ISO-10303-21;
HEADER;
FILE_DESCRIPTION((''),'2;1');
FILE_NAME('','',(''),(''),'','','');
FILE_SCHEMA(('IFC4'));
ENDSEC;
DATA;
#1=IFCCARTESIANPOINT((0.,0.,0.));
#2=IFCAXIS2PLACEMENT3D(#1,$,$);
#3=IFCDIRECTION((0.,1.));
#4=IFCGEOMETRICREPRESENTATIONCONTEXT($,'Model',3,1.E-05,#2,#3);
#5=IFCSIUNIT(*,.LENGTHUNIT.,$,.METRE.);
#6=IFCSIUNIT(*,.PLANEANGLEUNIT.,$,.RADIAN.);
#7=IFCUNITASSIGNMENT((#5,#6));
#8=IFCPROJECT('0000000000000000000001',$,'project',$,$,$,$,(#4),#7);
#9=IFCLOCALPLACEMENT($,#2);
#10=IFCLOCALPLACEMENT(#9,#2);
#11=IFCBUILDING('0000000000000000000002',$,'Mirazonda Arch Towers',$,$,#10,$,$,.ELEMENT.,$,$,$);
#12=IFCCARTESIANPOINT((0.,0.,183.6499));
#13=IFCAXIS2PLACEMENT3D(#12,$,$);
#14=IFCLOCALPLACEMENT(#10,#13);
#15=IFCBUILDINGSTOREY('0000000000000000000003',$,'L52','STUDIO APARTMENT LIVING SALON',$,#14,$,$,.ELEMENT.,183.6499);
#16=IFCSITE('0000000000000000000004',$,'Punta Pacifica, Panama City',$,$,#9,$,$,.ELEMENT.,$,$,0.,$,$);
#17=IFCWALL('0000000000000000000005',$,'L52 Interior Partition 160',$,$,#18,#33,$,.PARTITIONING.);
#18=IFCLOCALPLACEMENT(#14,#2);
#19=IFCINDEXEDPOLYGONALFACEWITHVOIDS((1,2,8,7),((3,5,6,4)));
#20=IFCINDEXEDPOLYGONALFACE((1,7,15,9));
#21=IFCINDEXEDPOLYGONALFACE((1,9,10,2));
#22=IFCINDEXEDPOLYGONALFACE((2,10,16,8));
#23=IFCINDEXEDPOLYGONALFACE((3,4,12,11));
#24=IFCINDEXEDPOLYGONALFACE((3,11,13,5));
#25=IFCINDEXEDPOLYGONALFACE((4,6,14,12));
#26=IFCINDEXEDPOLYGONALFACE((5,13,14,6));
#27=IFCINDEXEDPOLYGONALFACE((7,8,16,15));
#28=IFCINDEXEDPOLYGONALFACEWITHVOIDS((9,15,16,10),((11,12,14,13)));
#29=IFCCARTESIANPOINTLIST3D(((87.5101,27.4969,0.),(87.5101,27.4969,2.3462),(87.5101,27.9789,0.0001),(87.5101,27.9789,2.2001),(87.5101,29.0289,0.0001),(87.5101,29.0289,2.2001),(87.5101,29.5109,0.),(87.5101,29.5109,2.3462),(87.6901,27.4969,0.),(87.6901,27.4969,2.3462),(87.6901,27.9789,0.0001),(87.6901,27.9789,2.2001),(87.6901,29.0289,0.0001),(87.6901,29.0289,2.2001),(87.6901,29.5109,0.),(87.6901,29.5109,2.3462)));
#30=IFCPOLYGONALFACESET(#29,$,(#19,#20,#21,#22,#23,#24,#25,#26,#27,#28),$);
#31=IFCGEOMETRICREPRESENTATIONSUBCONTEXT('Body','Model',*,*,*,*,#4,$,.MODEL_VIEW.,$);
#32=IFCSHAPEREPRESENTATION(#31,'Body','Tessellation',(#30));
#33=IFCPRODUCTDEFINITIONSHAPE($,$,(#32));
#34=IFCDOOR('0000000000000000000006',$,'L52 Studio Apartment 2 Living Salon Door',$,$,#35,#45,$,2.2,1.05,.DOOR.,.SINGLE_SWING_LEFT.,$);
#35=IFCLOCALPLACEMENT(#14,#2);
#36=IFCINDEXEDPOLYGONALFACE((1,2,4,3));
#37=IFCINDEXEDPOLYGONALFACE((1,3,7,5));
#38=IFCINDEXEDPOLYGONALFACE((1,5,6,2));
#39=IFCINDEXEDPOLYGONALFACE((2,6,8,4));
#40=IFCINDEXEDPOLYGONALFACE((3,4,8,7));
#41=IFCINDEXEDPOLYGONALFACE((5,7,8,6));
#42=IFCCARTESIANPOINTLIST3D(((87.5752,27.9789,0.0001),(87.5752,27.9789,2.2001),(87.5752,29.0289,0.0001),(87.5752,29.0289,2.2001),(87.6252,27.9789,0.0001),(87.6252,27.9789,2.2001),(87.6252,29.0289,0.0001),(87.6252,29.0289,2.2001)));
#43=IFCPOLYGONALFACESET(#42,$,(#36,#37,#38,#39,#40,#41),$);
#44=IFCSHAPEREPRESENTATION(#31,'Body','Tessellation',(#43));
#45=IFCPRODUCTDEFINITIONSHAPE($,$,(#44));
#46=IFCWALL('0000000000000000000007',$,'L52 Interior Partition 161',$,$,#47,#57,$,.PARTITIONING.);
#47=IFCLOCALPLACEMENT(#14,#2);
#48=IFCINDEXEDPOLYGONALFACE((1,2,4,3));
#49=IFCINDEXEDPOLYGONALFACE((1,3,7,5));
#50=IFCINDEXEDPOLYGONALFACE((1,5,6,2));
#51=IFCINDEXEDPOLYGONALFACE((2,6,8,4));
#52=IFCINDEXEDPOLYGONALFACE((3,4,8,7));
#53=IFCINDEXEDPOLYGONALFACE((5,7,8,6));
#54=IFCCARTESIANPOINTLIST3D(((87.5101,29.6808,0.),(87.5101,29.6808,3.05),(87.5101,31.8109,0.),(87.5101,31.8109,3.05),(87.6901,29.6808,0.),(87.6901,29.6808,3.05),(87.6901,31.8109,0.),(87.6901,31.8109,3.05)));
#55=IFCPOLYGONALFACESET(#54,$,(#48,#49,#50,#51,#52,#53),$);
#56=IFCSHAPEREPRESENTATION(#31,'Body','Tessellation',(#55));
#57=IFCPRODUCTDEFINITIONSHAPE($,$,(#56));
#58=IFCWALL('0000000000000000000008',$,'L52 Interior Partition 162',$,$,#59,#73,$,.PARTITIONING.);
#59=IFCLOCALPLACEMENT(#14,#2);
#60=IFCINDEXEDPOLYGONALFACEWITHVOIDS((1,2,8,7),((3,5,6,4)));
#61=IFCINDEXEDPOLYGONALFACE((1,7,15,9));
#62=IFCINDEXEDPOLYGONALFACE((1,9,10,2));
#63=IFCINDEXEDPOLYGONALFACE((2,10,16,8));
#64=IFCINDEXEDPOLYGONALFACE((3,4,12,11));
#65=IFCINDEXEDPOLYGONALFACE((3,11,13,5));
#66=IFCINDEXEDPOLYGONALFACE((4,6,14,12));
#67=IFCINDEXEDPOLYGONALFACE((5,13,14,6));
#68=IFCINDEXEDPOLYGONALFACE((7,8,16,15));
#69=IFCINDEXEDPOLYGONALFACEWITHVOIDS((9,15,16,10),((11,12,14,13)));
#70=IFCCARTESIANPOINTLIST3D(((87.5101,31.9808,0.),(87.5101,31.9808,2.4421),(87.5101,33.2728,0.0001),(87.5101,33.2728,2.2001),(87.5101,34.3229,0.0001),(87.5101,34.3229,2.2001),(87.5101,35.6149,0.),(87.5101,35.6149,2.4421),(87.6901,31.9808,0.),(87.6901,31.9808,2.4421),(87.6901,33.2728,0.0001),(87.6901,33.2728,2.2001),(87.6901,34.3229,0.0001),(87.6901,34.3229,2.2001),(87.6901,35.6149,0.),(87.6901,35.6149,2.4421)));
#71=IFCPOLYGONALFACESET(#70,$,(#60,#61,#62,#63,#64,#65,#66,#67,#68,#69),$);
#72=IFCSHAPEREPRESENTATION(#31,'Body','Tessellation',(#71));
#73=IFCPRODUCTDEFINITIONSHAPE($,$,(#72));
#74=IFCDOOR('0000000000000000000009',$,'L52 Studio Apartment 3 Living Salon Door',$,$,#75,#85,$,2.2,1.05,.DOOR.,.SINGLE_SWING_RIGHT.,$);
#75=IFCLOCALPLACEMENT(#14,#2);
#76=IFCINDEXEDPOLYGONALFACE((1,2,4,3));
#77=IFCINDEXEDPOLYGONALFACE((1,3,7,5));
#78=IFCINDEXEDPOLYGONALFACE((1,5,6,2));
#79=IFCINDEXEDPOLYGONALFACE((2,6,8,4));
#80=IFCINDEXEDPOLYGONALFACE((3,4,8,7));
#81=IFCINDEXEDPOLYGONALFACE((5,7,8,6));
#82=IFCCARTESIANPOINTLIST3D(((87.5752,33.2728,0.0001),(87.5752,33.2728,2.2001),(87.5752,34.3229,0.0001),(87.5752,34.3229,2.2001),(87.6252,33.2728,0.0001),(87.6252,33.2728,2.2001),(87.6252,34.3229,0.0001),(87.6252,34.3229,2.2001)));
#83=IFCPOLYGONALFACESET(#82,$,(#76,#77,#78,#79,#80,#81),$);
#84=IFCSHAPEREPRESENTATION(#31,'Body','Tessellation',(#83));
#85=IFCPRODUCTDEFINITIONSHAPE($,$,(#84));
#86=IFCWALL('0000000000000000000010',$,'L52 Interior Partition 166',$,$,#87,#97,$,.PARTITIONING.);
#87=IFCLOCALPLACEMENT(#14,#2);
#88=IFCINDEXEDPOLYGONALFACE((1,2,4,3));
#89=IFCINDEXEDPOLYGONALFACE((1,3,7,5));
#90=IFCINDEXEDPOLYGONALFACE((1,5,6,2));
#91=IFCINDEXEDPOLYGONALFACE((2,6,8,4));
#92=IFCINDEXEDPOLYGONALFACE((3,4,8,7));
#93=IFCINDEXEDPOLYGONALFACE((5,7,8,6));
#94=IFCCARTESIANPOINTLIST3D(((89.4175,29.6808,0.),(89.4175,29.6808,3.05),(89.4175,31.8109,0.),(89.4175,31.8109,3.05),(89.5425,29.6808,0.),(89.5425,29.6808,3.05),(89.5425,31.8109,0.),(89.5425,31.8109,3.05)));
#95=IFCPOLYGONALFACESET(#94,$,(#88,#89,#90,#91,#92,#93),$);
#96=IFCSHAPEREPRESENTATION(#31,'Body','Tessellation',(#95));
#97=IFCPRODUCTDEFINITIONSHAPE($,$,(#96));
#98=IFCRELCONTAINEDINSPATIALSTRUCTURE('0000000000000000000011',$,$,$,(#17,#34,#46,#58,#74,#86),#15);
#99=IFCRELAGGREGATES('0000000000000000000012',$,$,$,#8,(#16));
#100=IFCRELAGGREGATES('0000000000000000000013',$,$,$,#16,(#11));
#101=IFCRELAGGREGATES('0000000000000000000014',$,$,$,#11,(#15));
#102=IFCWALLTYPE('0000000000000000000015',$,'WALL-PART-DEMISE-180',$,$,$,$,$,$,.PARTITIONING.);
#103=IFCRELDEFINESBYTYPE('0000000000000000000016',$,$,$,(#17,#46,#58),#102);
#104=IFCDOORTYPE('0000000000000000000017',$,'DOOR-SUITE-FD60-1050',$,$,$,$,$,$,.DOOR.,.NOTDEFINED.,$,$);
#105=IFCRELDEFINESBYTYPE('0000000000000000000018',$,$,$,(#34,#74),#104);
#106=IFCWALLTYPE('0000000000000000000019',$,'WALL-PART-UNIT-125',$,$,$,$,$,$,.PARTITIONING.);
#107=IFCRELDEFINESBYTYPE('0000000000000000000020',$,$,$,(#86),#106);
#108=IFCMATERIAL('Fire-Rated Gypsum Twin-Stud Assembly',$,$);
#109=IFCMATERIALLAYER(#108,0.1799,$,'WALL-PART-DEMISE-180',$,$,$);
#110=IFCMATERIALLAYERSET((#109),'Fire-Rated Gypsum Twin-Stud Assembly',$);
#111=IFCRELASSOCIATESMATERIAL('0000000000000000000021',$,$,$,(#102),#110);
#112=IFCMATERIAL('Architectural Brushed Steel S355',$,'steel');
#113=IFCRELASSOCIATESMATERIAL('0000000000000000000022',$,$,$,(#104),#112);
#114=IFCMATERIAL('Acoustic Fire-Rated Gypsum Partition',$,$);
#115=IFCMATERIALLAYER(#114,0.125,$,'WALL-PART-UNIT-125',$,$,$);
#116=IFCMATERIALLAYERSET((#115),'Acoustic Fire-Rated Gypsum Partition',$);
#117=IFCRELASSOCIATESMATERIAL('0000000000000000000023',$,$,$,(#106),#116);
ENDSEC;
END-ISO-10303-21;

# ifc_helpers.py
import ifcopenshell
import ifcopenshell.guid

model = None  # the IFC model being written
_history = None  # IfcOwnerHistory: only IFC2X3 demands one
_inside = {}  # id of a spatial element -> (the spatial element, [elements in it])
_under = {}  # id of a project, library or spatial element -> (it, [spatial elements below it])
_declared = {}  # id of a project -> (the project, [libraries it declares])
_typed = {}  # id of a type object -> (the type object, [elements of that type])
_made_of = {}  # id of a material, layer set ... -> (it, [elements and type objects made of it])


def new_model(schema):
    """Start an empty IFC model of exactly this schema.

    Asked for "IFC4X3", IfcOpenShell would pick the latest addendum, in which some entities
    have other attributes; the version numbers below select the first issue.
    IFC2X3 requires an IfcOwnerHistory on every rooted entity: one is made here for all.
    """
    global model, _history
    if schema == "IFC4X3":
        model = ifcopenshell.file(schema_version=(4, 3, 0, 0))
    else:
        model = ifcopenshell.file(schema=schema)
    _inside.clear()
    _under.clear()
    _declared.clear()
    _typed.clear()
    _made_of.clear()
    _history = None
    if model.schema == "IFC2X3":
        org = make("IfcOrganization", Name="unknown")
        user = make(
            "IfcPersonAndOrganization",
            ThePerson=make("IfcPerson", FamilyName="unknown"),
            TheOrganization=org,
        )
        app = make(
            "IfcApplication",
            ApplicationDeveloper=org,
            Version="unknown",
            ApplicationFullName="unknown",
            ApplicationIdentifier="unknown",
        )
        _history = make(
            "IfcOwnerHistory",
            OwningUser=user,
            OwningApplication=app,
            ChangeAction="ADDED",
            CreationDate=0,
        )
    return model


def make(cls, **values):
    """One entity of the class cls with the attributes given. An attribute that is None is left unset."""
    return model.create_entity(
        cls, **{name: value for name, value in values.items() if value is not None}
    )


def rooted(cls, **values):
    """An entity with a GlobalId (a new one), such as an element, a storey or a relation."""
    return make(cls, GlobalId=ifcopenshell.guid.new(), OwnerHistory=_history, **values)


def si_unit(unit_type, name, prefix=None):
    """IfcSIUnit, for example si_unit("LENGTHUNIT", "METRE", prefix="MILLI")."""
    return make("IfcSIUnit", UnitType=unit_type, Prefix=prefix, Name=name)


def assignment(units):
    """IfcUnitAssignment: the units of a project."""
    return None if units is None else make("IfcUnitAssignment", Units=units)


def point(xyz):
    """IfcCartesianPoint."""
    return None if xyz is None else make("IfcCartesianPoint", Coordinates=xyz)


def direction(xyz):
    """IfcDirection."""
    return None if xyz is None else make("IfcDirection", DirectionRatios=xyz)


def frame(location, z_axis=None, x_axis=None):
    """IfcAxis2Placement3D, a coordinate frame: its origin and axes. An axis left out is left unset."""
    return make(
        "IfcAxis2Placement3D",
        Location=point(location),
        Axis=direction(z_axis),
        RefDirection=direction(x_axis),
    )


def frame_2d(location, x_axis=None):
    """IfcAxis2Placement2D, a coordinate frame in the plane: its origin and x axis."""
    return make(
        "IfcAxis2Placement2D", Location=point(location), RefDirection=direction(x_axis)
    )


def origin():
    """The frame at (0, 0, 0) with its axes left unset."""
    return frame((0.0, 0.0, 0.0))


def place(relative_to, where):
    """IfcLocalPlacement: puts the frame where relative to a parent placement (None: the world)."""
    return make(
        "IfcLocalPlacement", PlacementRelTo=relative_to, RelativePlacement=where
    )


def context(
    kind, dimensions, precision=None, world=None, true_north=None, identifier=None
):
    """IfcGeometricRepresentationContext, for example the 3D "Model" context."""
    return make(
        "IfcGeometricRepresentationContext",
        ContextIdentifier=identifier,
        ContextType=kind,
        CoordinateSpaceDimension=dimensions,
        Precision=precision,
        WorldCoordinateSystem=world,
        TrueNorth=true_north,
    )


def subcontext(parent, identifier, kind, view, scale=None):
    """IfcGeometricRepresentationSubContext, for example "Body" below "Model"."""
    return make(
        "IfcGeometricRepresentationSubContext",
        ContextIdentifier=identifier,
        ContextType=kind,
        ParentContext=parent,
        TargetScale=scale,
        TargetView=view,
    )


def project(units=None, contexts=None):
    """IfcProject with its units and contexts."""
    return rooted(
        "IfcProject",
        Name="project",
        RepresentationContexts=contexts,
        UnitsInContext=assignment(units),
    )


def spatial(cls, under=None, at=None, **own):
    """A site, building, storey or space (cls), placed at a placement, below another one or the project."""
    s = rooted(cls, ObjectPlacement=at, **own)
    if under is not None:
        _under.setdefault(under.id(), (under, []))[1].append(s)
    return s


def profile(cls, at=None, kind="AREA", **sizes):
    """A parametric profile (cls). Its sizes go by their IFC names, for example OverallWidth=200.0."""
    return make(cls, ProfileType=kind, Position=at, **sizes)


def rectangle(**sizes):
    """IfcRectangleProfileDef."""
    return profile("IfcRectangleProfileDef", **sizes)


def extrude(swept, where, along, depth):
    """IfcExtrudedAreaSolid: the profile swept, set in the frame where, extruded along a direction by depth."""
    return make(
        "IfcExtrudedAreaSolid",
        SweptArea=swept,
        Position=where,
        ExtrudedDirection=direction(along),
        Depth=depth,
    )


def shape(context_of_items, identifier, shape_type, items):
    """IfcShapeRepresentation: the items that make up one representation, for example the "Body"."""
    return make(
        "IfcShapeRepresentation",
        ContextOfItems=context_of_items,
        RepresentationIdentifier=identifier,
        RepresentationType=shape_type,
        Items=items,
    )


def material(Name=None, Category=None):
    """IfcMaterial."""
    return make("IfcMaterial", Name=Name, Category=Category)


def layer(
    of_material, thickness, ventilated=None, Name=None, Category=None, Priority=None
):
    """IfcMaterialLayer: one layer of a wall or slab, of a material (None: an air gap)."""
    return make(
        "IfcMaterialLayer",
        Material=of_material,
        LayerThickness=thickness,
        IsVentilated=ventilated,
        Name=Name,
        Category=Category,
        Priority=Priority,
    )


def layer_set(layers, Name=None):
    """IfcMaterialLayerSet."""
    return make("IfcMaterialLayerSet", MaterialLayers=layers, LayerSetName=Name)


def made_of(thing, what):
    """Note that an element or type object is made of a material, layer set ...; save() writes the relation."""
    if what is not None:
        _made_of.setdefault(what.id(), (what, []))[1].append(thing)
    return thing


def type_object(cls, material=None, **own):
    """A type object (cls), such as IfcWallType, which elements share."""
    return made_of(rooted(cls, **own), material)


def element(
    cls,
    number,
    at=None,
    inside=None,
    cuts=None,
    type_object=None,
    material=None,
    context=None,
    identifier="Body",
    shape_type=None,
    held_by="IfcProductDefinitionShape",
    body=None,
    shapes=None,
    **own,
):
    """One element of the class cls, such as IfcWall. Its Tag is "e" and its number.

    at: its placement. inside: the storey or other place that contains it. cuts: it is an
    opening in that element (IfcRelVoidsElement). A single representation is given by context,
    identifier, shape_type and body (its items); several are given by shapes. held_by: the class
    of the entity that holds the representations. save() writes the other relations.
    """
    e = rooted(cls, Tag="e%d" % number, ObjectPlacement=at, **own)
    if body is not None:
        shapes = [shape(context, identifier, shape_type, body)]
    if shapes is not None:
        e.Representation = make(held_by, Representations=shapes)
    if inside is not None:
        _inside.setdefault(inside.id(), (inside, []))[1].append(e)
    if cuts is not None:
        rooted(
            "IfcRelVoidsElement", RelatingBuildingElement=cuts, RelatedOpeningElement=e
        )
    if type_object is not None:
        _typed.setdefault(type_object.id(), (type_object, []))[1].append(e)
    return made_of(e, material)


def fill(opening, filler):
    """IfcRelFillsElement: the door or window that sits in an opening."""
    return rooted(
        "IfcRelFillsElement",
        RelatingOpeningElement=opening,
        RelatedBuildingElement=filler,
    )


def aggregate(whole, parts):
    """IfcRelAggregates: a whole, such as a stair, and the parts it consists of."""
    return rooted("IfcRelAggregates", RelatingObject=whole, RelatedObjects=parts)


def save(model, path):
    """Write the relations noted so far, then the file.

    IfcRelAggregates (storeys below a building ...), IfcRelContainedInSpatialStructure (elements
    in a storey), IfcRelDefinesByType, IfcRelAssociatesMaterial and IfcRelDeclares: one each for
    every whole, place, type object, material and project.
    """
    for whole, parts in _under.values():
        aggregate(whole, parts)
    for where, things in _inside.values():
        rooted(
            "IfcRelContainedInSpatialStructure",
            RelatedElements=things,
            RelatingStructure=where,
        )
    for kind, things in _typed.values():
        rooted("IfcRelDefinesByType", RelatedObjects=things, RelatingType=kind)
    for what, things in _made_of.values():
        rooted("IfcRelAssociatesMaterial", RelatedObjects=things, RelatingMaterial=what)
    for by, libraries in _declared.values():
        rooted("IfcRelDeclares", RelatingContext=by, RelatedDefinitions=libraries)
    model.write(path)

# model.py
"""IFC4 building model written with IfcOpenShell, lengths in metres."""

from ifc_helpers import new_model, si_unit, direction, frame, frame_2d, origin, place, context, subcontext, project, spatial, rectangle, extrude, material, layer, layer_set, type_object, element, fill, save


model = new_model("IFC4")

# Units and contexts
model_context = context("Model", 3, precision=1e-05, world=origin(), true_north=direction((0.0, 1.0)))
body_context = subcontext(model_context, "Body", "Model", "MODEL_VIEW")
ifc_project = project(units=[si_unit("LENGTHUNIT", "METRE"), si_unit("PLANEANGLEUNIT", "RADIAN")], contexts=[model_context])

# Site, building, storey
site_placement = place(None, origin())
site = spatial("IfcSite", under=ifc_project, at=site_placement, Name="Punta Pacifica, Panama City", CompositionType="ELEMENT", RefElevation=0.0)
building_placement = place(site_placement, origin())
building = spatial("IfcBuilding", under=site, at=building_placement, Name="Mirazonda Arch Towers", CompositionType="ELEMENT")
storey_placement = place(building_placement, frame((0.0, 0.0, 183.6499)))
storey = spatial("IfcBuildingStorey", under=building, at=storey_placement, Name="L52", Description="STUDIO APARTMENT LIVING SALON", CompositionType="ELEMENT", Elevation=183.6499)

# Shared definitions
ifc_material_1 = material(Name="Architectural Brushed Steel S355", Category="steel")

# Wall, opening, door
ifc_material_2 = material(Name="Fire-Rated Gypsum Twin-Stud Assembly")
ifc_layer_1 = layer(ifc_material_2, 0.1799, Name="WALL-PART-DEMISE-180")
ifc_layer_set_1 = layer_set([ifc_layer_1], Name="Fire-Rated Gypsum Twin-Stud Assembly")
wall_type_1 = type_object("IfcWallType", Name="WALL-PART-DEMISE-180", PredefinedType="PARTITIONING", material=ifc_layer_set_1)
wall_1_placement = place(storey_placement, frame((87.6001, 27.4971, 0.0), z_axis=(0.0, 0.0, 1.0), x_axis=(0.0, 1.0, 0.0)))
wall_1 = element("IfcWall", 1, at=wall_1_placement, inside=storey, type_object=wall_type_1, Name="L52 Interior Partition 160", PredefinedType="PARTITIONING", context=body_context, shape_type="SweptSolid", body=[
    extrude(rectangle(XDim=2.0139, YDim=0.1799, at=frame_2d((1.0068, 0.0))), origin(), (0.0, 0.0, 1.0), 2.3462),
])
opening_1_placement = place(wall_1_placement, frame((0.4819, 0.0, 0.0)))
opening_1 = element("IfcOpeningElement", 2, at=opening_1_placement, cuts=wall_1, PredefinedType="OPENING", context=body_context, shape_type="SweptSolid", body=[
    extrude(rectangle(XDim=1.05, YDim=2.2, at=frame_2d((0.5249, 1.1001))), frame((0.0, 0.0999, 0.0), z_axis=(0.0, -1.0, 0.0), x_axis=(1.0, 0.0, 0.0)), (0.0, 0.0, 1.0), 0.2),
])
door_type_1 = type_object("IfcDoorType", Name="DOOR-SUITE-FD60-1050", OperationType="NOTDEFINED", PredefinedType="DOOR", material=ifc_material_1)
door_1_placement = place(opening_1_placement, origin())
door_1 = element("IfcDoor", 3, at=door_1_placement, inside=storey, type_object=door_type_1, Name="L52 Studio Apartment 2 Living Salon Door", OperationType="SINGLE_SWING_LEFT", OverallHeight=2.2, OverallWidth=1.05, PredefinedType="DOOR", context=body_context, shape_type="SweptSolid", body=[
    extrude(rectangle(XDim=1.05, YDim=2.2, at=frame_2d((0.5249, 1.1001))), frame((0.0, 0.0249, 0.0), z_axis=(0.0, -1.0, 0.0), x_axis=(1.0, 0.0, 0.0)), (0.0, 0.0, 1.0), 0.05),
])
fill(opening_1, door_1)

# Wall
wall_2_placement = place(storey_placement, frame((87.6001, 29.6809, 0.0), z_axis=(0.0, 0.0, 1.0), x_axis=(0.0, 1.0, 0.0)))
element("IfcWall", 4, at=wall_2_placement, inside=storey, type_object=wall_type_1, Name="L52 Interior Partition 161", PredefinedType="PARTITIONING", context=body_context, shape_type="SweptSolid", body=[
    extrude(rectangle(XDim=2.1301, YDim=0.1799, at=frame_2d((1.0649, 0.0))), origin(), (0.0, 0.0, 1.0), 3.05),
])

# Wall, opening, door
wall_3_placement = place(storey_placement, frame((87.6001, 31.981, 0.0), z_axis=(0.0, 0.0, 1.0), x_axis=(0.0, 1.0, 0.0)))
wall_3 = element("IfcWall", 5, at=wall_3_placement, inside=storey, type_object=wall_type_1, Name="L52 Interior Partition 162", PredefinedType="PARTITIONING", context=body_context, shape_type="SweptSolid", body=[
    extrude(rectangle(XDim=3.634, YDim=0.1799, at=frame_2d((1.8169, 0.0))), origin(), (0.0, 0.0, 1.0), 2.4421),
])
opening_2_placement = place(wall_3_placement, frame((1.292, 0.0, 0.0)))
opening_2 = element("IfcOpeningElement", 6, at=opening_2_placement, cuts=wall_3, PredefinedType="OPENING", context=body_context, shape_type="SweptSolid", body=[
    extrude(rectangle(XDim=1.05, YDim=2.2, at=frame_2d((0.5249, 1.1001))), frame((0.0, 0.0999, 0.0), z_axis=(0.0, -1.0, 0.0), x_axis=(1.0, 0.0, 0.0)), (0.0, 0.0, 1.0), 0.2),
])
door_2_placement = place(opening_2_placement, origin())
door_2 = element("IfcDoor", 7, at=door_2_placement, inside=storey, type_object=door_type_1, Name="L52 Studio Apartment 3 Living Salon Door", OperationType="SINGLE_SWING_RIGHT", OverallHeight=2.2, OverallWidth=1.05, PredefinedType="DOOR", context=body_context, shape_type="SweptSolid", body=[
    extrude(rectangle(XDim=1.05, YDim=2.2, at=frame_2d((0.5249, 1.1001))), frame((0.0, 0.0249, 0.0), z_axis=(0.0, -1.0, 0.0), x_axis=(1.0, 0.0, 0.0)), (0.0, 0.0, 1.0), 0.05),
])
fill(opening_2, door_2)

# Wall
ifc_material_3 = material(Name="Acoustic Fire-Rated Gypsum Partition")
ifc_layer_2 = layer(ifc_material_3, 0.125, Name="WALL-PART-UNIT-125")
ifc_layer_set_2 = layer_set([ifc_layer_2], Name="Acoustic Fire-Rated Gypsum Partition")
wall_type_2 = type_object("IfcWallType", Name="WALL-PART-UNIT-125", PredefinedType="PARTITIONING", material=ifc_layer_set_2)
wall_4_placement = place(storey_placement, frame((89.48, 29.6809, 0.0), z_axis=(0.0, 0.0, 1.0), x_axis=(0.0, 1.0, 0.0)))
element("IfcWall", 8, at=wall_4_placement, inside=storey, type_object=wall_type_2, Name="L52 Interior Partition 166", PredefinedType="PARTITIONING", context=body_context, shape_type="SweptSolid", body=[
    extrude(rectangle(XDim=2.1301, YDim=0.125, at=frame_2d((1.0649, 0.0))), origin(), (0.0, 0.0, 1.0), 3.05),
])

save(model, "model.ifc")
